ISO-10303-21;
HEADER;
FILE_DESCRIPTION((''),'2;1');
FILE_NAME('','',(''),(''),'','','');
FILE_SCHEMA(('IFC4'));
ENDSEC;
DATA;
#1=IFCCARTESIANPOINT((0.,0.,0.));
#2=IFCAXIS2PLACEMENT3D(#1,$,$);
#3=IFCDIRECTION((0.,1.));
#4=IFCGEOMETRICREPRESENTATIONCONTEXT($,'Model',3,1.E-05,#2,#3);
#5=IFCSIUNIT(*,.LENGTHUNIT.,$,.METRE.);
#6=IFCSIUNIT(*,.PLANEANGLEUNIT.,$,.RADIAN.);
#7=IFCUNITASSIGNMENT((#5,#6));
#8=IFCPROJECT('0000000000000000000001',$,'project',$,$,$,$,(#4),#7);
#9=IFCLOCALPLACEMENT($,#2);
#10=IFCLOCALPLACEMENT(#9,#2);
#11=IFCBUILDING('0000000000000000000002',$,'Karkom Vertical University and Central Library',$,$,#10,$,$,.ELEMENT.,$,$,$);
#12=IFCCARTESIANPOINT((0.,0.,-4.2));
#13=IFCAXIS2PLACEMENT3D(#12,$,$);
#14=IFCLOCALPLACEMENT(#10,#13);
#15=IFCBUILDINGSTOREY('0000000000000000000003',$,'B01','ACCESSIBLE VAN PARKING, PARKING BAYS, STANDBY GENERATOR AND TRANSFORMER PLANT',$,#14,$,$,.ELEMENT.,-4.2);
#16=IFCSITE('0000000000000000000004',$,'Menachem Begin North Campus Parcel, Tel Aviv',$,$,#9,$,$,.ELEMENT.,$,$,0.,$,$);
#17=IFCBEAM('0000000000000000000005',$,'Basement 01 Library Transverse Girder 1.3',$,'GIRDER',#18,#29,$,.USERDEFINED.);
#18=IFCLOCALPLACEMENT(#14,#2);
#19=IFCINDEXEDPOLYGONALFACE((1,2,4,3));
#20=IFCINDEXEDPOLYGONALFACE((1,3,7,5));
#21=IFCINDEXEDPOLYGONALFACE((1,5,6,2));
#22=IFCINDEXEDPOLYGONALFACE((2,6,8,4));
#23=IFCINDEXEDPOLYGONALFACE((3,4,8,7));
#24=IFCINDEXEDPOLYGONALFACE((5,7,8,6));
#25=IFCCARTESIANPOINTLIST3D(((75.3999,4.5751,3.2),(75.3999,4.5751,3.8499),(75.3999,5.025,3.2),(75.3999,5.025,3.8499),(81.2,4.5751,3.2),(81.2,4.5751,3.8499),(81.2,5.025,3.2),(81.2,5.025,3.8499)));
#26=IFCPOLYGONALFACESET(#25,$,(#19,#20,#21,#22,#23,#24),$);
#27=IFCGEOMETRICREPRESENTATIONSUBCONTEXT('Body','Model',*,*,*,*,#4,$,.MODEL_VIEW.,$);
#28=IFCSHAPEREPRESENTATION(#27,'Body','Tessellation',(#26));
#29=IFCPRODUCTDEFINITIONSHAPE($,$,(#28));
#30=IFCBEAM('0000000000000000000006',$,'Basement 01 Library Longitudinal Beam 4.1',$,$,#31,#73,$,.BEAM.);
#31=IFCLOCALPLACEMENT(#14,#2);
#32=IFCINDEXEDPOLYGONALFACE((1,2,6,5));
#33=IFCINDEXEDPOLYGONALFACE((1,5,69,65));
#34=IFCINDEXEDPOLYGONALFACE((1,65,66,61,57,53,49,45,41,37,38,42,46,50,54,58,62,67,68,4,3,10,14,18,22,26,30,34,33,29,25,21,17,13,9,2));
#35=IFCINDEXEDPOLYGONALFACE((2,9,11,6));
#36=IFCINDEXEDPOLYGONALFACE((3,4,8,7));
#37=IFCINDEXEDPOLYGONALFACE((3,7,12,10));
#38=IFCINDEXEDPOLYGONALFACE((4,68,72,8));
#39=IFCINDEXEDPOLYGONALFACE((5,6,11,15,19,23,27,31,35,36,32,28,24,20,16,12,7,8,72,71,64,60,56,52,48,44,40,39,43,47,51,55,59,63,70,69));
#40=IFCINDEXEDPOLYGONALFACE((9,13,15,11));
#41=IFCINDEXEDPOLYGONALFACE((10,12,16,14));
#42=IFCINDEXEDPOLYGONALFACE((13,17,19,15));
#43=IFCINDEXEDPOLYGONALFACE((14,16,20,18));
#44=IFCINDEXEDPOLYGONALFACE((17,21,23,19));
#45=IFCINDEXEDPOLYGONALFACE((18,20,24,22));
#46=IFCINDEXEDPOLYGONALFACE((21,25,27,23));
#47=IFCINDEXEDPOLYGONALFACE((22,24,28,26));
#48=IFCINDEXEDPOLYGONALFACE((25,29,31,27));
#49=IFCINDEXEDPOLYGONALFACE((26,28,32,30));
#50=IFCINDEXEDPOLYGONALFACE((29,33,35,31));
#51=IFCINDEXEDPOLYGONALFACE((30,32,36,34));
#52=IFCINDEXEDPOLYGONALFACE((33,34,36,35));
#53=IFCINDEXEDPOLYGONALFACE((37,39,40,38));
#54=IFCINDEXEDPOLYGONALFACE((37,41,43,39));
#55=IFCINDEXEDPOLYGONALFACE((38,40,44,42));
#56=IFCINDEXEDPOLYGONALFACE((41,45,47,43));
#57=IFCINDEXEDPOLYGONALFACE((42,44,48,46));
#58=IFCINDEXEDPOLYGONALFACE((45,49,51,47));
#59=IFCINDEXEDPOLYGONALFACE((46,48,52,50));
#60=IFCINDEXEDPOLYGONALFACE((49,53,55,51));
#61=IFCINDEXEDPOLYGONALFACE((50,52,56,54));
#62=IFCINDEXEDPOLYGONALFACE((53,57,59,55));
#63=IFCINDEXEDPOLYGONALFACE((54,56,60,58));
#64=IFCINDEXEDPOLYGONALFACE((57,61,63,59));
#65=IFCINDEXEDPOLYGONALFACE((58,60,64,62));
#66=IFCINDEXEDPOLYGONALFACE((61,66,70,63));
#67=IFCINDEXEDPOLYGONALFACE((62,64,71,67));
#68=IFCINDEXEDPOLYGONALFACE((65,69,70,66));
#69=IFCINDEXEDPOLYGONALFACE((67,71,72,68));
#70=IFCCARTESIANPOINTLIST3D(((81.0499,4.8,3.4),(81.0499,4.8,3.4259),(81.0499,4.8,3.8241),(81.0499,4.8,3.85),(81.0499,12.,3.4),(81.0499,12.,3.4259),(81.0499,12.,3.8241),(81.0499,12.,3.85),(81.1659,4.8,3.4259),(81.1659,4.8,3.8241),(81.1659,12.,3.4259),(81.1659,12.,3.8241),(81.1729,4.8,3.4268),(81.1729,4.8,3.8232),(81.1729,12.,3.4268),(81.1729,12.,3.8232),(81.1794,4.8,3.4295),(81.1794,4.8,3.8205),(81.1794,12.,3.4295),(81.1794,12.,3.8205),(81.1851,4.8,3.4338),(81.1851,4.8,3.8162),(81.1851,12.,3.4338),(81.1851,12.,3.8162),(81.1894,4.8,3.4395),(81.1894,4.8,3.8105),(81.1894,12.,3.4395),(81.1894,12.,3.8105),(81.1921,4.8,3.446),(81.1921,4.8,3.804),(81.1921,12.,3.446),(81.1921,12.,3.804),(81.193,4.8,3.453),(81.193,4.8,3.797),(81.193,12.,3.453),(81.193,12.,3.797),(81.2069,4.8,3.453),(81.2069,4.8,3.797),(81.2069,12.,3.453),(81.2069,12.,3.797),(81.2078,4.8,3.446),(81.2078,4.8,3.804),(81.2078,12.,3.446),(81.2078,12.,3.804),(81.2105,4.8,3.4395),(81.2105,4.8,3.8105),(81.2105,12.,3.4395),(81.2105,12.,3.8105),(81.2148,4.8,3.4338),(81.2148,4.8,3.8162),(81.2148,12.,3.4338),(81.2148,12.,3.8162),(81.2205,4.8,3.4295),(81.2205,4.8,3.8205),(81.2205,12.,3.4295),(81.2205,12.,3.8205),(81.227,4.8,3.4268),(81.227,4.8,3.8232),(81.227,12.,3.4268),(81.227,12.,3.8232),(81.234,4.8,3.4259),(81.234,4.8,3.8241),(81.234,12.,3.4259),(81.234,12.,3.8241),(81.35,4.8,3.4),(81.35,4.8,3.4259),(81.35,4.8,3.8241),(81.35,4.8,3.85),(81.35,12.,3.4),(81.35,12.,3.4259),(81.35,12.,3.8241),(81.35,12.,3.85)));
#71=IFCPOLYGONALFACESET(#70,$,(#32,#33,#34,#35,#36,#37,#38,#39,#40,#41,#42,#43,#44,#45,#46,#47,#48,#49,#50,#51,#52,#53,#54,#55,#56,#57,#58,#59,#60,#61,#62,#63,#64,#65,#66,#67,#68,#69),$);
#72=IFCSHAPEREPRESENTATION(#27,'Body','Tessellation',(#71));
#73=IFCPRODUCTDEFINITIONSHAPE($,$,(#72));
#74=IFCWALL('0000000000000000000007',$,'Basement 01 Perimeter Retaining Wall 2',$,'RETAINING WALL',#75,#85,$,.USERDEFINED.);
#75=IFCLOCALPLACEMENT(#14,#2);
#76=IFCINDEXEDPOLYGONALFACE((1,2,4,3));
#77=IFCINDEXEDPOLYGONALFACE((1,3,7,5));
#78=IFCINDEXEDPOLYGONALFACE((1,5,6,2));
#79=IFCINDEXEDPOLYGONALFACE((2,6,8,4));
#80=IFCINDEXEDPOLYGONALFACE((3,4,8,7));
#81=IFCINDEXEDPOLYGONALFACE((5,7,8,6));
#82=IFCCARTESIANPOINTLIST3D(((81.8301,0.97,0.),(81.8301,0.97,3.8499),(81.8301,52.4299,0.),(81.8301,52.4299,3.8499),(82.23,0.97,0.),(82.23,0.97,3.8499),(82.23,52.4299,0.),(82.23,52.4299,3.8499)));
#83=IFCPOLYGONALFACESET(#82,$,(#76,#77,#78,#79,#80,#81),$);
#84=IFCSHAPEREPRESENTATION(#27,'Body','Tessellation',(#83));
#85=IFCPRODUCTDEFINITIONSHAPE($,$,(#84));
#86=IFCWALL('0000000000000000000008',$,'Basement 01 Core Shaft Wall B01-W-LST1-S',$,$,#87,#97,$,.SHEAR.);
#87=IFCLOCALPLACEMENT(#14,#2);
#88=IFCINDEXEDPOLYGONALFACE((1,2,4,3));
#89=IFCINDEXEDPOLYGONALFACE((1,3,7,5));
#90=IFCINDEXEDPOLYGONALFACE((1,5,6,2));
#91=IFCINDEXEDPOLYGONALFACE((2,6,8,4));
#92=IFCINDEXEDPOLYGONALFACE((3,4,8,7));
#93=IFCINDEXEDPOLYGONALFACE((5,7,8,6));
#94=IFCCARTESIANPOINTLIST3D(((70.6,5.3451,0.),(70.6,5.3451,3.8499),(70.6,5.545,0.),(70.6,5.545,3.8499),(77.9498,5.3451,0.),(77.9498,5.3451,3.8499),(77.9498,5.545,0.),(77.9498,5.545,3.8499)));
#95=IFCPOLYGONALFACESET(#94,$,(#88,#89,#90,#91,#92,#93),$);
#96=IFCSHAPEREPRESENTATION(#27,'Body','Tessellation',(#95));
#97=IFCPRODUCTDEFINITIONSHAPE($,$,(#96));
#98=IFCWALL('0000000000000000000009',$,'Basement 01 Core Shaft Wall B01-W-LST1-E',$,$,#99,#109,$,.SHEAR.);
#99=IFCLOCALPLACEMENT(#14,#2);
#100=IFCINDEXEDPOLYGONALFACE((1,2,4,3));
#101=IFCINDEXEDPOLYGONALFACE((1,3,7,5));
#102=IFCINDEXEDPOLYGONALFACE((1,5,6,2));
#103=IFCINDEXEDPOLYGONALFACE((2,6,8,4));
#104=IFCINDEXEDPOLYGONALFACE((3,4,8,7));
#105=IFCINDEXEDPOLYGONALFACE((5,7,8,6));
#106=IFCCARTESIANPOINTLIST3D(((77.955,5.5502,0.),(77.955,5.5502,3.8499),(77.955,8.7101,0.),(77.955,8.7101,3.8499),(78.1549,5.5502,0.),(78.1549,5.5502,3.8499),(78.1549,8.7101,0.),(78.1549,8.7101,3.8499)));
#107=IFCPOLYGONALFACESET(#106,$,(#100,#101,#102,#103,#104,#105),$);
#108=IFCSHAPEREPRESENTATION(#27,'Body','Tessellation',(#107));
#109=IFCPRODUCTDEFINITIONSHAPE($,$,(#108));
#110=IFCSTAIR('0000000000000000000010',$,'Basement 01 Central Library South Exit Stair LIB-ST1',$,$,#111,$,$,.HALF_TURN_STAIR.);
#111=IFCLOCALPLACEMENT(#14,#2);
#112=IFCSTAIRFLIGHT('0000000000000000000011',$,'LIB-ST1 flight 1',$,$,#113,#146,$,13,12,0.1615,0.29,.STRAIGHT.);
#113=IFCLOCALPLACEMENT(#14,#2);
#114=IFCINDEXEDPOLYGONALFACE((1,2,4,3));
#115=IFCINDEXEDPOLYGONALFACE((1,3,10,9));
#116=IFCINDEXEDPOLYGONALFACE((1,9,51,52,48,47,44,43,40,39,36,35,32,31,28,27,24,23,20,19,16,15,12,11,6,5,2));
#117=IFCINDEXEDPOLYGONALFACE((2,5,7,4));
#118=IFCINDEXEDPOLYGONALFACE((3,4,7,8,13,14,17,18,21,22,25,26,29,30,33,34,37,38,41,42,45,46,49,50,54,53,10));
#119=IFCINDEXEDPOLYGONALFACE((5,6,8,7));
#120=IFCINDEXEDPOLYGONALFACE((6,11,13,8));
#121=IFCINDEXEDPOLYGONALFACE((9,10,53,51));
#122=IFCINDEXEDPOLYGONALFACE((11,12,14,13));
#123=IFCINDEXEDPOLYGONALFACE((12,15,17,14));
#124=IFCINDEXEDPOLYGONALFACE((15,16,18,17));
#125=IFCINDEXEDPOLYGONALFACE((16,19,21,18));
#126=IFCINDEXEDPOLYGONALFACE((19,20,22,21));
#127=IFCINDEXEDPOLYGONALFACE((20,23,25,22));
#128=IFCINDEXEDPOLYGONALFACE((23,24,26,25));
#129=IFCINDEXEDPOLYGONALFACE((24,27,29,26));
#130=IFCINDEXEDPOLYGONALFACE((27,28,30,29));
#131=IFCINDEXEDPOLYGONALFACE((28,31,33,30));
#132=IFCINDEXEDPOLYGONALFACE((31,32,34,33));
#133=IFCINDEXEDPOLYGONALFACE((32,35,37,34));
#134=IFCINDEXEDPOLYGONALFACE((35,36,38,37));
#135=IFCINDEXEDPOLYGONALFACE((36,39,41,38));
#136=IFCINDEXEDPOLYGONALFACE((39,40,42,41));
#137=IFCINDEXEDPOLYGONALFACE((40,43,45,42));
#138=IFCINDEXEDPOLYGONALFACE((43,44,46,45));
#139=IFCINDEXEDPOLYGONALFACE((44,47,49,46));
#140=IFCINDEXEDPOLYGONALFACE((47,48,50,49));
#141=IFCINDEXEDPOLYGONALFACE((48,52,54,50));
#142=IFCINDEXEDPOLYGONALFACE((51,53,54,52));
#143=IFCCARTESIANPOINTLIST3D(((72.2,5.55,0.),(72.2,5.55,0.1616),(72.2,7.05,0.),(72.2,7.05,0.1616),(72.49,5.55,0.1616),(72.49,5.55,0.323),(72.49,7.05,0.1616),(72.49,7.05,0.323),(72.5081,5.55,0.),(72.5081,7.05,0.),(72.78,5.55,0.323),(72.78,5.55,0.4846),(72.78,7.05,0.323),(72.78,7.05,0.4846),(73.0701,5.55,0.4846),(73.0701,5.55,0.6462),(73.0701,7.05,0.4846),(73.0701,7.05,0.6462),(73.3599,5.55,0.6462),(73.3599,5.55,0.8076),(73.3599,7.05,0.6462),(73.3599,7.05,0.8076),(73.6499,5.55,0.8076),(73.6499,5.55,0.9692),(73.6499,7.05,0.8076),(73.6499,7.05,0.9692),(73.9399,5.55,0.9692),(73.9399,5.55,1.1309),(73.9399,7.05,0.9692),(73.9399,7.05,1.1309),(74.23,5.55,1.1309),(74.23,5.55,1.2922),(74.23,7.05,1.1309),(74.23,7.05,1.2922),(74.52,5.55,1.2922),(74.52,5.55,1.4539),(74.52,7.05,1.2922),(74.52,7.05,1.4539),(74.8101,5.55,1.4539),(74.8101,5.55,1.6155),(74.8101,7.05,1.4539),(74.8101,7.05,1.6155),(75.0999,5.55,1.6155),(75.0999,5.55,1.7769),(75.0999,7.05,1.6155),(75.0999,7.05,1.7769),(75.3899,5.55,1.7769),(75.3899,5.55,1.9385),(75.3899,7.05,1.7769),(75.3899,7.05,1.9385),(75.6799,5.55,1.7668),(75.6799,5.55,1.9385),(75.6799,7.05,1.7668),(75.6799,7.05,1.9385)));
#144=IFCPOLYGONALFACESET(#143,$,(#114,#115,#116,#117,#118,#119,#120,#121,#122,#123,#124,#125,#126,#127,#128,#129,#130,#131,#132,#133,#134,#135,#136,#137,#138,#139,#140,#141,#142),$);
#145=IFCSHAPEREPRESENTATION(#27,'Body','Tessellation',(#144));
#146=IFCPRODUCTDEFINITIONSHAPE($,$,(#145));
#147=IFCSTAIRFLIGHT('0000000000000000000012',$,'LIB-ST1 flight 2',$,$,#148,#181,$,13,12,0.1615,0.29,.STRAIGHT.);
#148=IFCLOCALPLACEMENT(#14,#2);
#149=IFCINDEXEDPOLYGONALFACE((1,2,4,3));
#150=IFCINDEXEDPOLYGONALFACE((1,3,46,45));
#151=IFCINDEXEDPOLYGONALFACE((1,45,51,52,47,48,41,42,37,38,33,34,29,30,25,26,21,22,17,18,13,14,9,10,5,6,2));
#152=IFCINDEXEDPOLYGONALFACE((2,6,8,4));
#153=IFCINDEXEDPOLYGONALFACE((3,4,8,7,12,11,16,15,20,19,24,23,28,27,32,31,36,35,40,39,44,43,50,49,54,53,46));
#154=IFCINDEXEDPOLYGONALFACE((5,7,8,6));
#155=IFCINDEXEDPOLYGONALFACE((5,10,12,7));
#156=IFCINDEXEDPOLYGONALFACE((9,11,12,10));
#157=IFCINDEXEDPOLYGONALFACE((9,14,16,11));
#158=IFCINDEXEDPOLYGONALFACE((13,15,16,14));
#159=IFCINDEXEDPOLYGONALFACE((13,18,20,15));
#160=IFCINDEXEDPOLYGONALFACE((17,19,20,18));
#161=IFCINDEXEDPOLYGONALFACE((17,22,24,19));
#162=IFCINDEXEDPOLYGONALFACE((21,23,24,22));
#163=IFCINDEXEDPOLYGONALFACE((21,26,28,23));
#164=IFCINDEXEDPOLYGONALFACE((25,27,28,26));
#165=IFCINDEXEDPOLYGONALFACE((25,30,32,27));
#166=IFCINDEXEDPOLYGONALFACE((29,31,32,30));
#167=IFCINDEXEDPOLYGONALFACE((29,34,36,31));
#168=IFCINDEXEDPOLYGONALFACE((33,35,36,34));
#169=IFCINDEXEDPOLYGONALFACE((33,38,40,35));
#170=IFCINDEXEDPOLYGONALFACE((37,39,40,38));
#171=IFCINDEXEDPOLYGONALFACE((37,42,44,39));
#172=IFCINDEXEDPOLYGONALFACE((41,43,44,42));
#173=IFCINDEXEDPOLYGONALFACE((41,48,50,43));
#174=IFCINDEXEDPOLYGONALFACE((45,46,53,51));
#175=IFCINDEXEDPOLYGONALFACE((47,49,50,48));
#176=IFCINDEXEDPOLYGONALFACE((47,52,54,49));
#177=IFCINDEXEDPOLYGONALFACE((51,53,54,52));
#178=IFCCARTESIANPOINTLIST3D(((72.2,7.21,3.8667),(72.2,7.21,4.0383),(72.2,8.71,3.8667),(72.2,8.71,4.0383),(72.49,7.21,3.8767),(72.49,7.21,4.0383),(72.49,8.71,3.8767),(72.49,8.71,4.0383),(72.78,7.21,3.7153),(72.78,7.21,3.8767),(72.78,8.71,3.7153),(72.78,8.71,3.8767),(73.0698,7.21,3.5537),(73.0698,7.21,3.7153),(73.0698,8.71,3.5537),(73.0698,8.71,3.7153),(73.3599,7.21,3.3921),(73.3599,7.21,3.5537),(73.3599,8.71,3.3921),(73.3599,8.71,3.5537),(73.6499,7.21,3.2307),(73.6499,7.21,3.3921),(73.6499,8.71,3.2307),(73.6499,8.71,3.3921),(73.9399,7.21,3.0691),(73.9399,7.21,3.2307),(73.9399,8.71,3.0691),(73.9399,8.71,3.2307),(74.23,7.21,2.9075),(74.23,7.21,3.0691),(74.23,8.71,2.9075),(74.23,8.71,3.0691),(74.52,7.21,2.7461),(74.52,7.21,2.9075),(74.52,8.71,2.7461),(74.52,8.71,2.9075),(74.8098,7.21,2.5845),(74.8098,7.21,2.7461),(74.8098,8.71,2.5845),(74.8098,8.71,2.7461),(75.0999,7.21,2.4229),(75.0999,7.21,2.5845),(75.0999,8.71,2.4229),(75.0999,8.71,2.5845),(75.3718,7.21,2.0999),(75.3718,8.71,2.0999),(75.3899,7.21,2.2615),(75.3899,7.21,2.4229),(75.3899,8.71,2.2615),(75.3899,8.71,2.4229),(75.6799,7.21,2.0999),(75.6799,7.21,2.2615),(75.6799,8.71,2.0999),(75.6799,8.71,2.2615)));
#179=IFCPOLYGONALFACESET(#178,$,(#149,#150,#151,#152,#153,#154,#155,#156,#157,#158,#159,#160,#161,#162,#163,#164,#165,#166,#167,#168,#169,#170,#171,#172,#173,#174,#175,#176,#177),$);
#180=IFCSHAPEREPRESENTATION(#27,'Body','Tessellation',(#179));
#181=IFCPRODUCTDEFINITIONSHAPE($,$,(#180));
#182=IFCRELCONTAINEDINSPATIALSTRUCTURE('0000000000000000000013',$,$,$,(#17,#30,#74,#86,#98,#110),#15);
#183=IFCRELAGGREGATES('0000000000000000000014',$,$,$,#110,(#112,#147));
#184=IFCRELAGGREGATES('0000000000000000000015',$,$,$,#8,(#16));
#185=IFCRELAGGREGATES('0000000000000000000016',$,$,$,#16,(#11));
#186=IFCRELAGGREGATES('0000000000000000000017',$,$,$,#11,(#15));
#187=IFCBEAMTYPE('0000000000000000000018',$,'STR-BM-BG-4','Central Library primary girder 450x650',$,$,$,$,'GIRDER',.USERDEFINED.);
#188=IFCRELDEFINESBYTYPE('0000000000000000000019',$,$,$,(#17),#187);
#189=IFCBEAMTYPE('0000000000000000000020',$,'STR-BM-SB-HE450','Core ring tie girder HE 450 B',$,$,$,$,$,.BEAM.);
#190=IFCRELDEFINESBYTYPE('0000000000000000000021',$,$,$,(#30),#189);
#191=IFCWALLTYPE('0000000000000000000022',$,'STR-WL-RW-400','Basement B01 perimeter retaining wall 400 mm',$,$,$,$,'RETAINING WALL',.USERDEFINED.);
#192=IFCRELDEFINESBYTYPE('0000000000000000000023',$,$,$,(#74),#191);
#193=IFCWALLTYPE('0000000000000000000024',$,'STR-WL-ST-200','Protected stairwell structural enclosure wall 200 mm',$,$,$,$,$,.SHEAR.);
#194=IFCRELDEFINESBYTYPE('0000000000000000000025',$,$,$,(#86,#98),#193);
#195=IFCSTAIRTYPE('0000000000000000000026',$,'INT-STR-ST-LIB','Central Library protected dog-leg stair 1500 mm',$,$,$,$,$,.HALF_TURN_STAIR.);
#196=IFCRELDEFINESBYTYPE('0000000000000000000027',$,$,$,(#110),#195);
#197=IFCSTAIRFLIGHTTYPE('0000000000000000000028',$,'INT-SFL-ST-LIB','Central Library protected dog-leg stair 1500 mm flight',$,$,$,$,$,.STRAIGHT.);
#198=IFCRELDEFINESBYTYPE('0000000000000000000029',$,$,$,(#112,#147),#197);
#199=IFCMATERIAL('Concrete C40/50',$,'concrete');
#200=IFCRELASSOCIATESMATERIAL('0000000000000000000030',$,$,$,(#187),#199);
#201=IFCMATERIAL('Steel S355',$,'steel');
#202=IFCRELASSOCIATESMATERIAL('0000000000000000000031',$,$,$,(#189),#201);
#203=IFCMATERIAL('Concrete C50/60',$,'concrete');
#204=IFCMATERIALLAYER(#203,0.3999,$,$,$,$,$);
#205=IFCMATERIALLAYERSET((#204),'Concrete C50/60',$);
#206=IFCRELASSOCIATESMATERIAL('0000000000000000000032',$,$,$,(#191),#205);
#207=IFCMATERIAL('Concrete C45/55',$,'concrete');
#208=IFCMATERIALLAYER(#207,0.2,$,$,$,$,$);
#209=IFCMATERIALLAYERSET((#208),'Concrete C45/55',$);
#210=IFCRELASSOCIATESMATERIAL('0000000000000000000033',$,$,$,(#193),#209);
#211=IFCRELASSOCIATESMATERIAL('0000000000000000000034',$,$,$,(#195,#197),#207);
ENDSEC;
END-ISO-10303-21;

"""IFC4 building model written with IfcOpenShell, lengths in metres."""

from ifc_helpers import new_model, si_unit, direction, frame, frame_2d, origin, origin_with_axes, origin_2d, place, context, subcontext, project, spatial, polyline, rectangle, i_section, outline, extrude, source, transform, mapped, material, layer, layer_set, material_profile, profile_set, type_object, element, aggregate, save


model = new_model("IFC4")

# Units and contexts
model_context = context("Model", 3, precision=1e-05, world=origin(), true_north=direction((0.0, 1.0)))
body_context = subcontext(model_context, "Body", "Model", "MODEL_VIEW")
ifc_project = project(units=[si_unit("LENGTHUNIT", "METRE"), si_unit("PLANEANGLEUNIT", "RADIAN")], contexts=[model_context])

# Site, building, storey
site_placement = place(None, origin())
site = spatial("IfcSite", under=ifc_project, at=site_placement, Name="Menachem Begin North Campus Parcel, Tel Aviv", CompositionType="ELEMENT", RefElevation=0.0)
building_placement = place(site_placement, origin())
building = spatial("IfcBuilding", under=site, at=building_placement, Name="Karkom Vertical University and Central Library", CompositionType="ELEMENT")
storey_placement = place(building_placement, frame((0.0, 0.0, -4.2)))
storey = spatial("IfcBuildingStorey", under=building, at=storey_placement, Name="B01", Description="ACCESSIBLE VAN PARKING, PARKING BAYS, STANDBY GENERATOR AND TRANSFORMER PLANT", CompositionType="ELEMENT", Elevation=-4.2)

# Shared definitions
ifc_material_1 = material(Name="Concrete C40/50", Category="concrete")
ifc_material_2 = material(Name="Concrete C45/55", Category="concrete")

# Beams
ifc_material_profile_1 = material_profile(ifc_material_1, rectangle(XDim=0.45, YDim=0.6499, at=origin_2d()), Name="RCB-450x650")
ifc_profile_set_1 = profile_set([ifc_material_profile_1], Name="Concrete C40/50")
beam_type_1 = type_object("IfcBeamType", Name="STR-BM-BG-4", Description="Central Library primary girder 450x650", ElementType="GIRDER", PredefinedType="USERDEFINED", material=ifc_profile_set_1)
shared_shape_1 = source(origin_with_axes(), body_context, "Body", "SweptSolid", [
    extrude(rectangle(XDim=0.45, YDim=0.6499, at=origin_2d()), origin(), (0.0, 0.0, 1.0), 5.8),
])
beam_1_placement = place(storey_placement, frame((75.3999, 4.8, 3.5249), z_axis=(1.0, 0.0, 0.0), x_axis=(0.0, 1.0, 0.0)))
element("IfcBeam", 1, at=beam_1_placement, inside=storey, type_object=beam_type_1, Name="Basement 01 Library Transverse Girder 1.3", ObjectType="GIRDER", PredefinedType="USERDEFINED", context=body_context, shape_type="MappedRepresentation", body=[
    mapped(shared_shape_1, transform((0.0, 0.0, 0.0), scale=1.0)),
])
ifc_material_3 = material(Name="Steel S355", Category="steel")
ifc_material_profile_2 = material_profile(ifc_material_3, i_section(OverallWidth=0.3, OverallDepth=0.45, WebThickness=0.0139, FlangeThickness=0.0259, FilletRadius=0.0271, at=origin_2d()), Name="HE 450 B")
ifc_profile_set_2 = profile_set([ifc_material_profile_2], Name="Steel S355")
beam_type_2 = type_object("IfcBeamType", Name="STR-BM-SB-HE450", Description="Core ring tie girder HE 450 B", PredefinedType="BEAM", material=ifc_profile_set_2)
shared_shape_2 = source(origin_with_axes(), body_context, "Body", "SweptSolid", [
    extrude(i_section(OverallWidth=0.3, OverallDepth=0.45, WebThickness=0.0139, FlangeThickness=0.0259, FilletRadius=0.0271, at=origin_2d()), origin(), (0.0, 0.0, 1.0), 7.2),
])
beam_2_placement = place(storey_placement, frame((81.2, 4.8, 3.625), z_axis=(0.0, 1.0, 0.0), x_axis=(-1.0, 0.0, 0.0)))
element("IfcBeam", 2, at=beam_2_placement, inside=storey, type_object=beam_type_2, Name="Basement 01 Library Longitudinal Beam 4.1", PredefinedType="BEAM", context=body_context, shape_type="MappedRepresentation", body=[
    mapped(shared_shape_2, transform((0.0, 0.0, 0.0), scale=1.0)),
])

# Walls
ifc_material_4 = material(Name="Concrete C50/60", Category="concrete")
ifc_layer_1 = layer(ifc_material_4, 0.3999)
ifc_layer_set_1 = layer_set([ifc_layer_1], Name="Concrete C50/60")
wall_type_1 = type_object("IfcWallType", Name="STR-WL-RW-400", Description="Basement B01 perimeter retaining wall 400 mm", ElementType="RETAINING WALL", PredefinedType="USERDEFINED", material=ifc_layer_set_1)
wall_1_placement = place(storey_placement, frame((82.03, 0.97, 0.0), z_axis=(0.0, 0.0, 1.0), x_axis=(0.0, 1.0, 0.0)))
element("IfcWall", 3, at=wall_1_placement, inside=storey, type_object=wall_type_1, Name="Basement 01 Perimeter Retaining Wall 2", ObjectType="RETAINING WALL", PredefinedType="USERDEFINED", context=body_context, shape_type="SweptSolid", body=[
    extrude(rectangle(XDim=51.46, YDim=0.3999, at=frame_2d((25.73, 0.0))), origin(), (0.0, 0.0, 1.0), 3.8499),
])
ifc_layer_2 = layer(ifc_material_2, 0.2)
ifc_layer_set_2 = layer_set([ifc_layer_2], Name="Concrete C45/55")
wall_type_2 = type_object("IfcWallType", Name="STR-WL-ST-200", Description="Protected stairwell structural enclosure wall 200 mm", PredefinedType="SHEAR", material=ifc_layer_set_2)
wall_2_placement = place(storey_placement, frame((70.6001, 5.4451, 0.0), z_axis=(0.0, 0.0, 1.0), x_axis=(1.0, 0.0, 0.0)))
element("IfcWall", 4, at=wall_2_placement, inside=storey, type_object=wall_type_2, Name="Basement 01 Core Shaft Wall B01-W-LST1-S", PredefinedType="SHEAR", context=body_context, shape_type="SweptSolid", body=[
    extrude(rectangle(XDim=7.3499, YDim=0.2, at=frame_2d((3.6748, 0.0))), origin(), (0.0, 0.0, 1.0), 3.8499),
])

# Wall
wall_3_placement = place(storey_placement, frame((78.0549, 5.55, 0.0), z_axis=(0.0, 0.0, 1.0), x_axis=(0.0, 1.0, 0.0)))
element("IfcWall", 5, at=wall_3_placement, inside=storey, type_object=wall_type_2, Name="Basement 01 Core Shaft Wall B01-W-LST1-E", PredefinedType="SHEAR", context=body_context, shape_type="SweptSolid", body=[
    extrude(rectangle(XDim=3.1599, YDim=0.2, at=frame_2d((1.5801, 0.0))), origin(), (0.0, 0.0, 1.0), 3.8499),
])

# Stair, stair flights
stair_type = type_object("IfcStairType", Name="INT-STR-ST-LIB", Description="Central Library protected dog-leg stair 1500 mm", PredefinedType="HALF_TURN_STAIR", material=ifc_material_2)
stair_placement = place(storey_placement, origin())
stair = element("IfcStair", 6, at=stair_placement, inside=storey, type_object=stair_type, Name="Basement 01 Central Library South Exit Stair LIB-ST1", PredefinedType="HALF_TURN_STAIR")
stair_flight_type = type_object("IfcStairFlightType", Name="INT-SFL-ST-LIB", Description="Central Library protected dog-leg stair 1500 mm flight", PredefinedType="STRAIGHT", material=ifc_material_2)
stair_flight_1_placement = place(storey_placement, frame((72.2, 6.3, 0.0), z_axis=(0.0, 0.0, 1.0), x_axis=(1.0, 0.0, 0.0)))
stair_flight_1 = element("IfcStairFlight", 7, at=stair_flight_1_placement, type_object=stair_flight_type, Name="LIB-ST1 flight 1", NumberOfRisers=13, NumberOfTreads=12, PredefinedType="STRAIGHT", RiserHeight=0.1615, TreadLength=0.29, context=body_context, shape_type="SweptSolid", body=[
    extrude(outline(polyline([(0.0, 0.0), (0.0, 0.1616), (0.29, 0.1616), (0.29, 0.323), (0.5801, 0.323), (0.5801, 0.4846), (0.8701, 0.4846), (0.8701, 0.6462), (1.1599, 0.6462), (1.1599, 0.8076), (1.45, 0.8076), (1.45, 0.9692), (1.74, 0.9692), (1.74, 1.1309), (2.03, 1.1309), (2.03, 1.2922), (2.3201, 1.2922), (2.3201, 1.4539), (2.6101, 1.4539), (2.6101, 1.6155), (2.8999, 1.6155), (2.8999, 1.7769), (3.1899, 1.7769), (3.1899, 1.9385), (3.48, 1.9385), (3.48, 2.1001), (3.48, 1.7668), (0.3081, 0.0), (0.0, 0.0)])), frame((0.0, 0.75, 0.0), z_axis=(0.0, -1.0, 0.0), x_axis=(1.0, 0.0, 0.0)), (0.0, 0.0, 1.0), 1.5),
])
stair_flight_2_placement = place(storey_placement, frame((75.6799, 7.96, 2.0999), z_axis=(0.0, 0.0, 1.0), x_axis=(-1.0, 0.0, 0.0)))
stair_flight_2 = element("IfcStairFlight", 8, at=stair_flight_2_placement, type_object=stair_flight_type, Name="LIB-ST1 flight 2", NumberOfRisers=13, NumberOfTreads=12, PredefinedType="STRAIGHT", RiserHeight=0.1615, TreadLength=0.29, context=body_context, shape_type="SweptSolid", body=[
    extrude(outline(polyline([(0.0, 0.0), (0.0, 0.1616), (0.29, 0.1616), (0.29, 0.323), (0.5801, 0.323), (0.5801, 0.4846), (0.8701, 0.4846), (0.8701, 0.6462), (1.1599, 0.6462), (1.1599, 0.8076), (1.45, 0.8076), (1.45, 0.9692), (1.74, 0.9692), (1.74, 1.1309), (2.03, 1.1309), (2.03, 1.2922), (2.3201, 1.2922), (2.3201, 1.4539), (2.6101, 1.4539), (2.6101, 1.6155), (2.8999, 1.6155), (2.8999, 1.7769), (3.1899, 1.7769), (3.1899, 1.9385), (3.48, 1.9385), (3.48, 2.1001), (3.48, 1.7668), (0.3081, 0.0), (0.0, 0.0)])), frame((0.0, 0.75, 0.0), z_axis=(0.0, -1.0, 0.0), x_axis=(1.0, 0.0, 0.0)), (0.0, 0.0, 1.0), 1.5),
])
aggregate(stair, [stair_flight_1, stair_flight_2])

save(model, "model.ifc")
